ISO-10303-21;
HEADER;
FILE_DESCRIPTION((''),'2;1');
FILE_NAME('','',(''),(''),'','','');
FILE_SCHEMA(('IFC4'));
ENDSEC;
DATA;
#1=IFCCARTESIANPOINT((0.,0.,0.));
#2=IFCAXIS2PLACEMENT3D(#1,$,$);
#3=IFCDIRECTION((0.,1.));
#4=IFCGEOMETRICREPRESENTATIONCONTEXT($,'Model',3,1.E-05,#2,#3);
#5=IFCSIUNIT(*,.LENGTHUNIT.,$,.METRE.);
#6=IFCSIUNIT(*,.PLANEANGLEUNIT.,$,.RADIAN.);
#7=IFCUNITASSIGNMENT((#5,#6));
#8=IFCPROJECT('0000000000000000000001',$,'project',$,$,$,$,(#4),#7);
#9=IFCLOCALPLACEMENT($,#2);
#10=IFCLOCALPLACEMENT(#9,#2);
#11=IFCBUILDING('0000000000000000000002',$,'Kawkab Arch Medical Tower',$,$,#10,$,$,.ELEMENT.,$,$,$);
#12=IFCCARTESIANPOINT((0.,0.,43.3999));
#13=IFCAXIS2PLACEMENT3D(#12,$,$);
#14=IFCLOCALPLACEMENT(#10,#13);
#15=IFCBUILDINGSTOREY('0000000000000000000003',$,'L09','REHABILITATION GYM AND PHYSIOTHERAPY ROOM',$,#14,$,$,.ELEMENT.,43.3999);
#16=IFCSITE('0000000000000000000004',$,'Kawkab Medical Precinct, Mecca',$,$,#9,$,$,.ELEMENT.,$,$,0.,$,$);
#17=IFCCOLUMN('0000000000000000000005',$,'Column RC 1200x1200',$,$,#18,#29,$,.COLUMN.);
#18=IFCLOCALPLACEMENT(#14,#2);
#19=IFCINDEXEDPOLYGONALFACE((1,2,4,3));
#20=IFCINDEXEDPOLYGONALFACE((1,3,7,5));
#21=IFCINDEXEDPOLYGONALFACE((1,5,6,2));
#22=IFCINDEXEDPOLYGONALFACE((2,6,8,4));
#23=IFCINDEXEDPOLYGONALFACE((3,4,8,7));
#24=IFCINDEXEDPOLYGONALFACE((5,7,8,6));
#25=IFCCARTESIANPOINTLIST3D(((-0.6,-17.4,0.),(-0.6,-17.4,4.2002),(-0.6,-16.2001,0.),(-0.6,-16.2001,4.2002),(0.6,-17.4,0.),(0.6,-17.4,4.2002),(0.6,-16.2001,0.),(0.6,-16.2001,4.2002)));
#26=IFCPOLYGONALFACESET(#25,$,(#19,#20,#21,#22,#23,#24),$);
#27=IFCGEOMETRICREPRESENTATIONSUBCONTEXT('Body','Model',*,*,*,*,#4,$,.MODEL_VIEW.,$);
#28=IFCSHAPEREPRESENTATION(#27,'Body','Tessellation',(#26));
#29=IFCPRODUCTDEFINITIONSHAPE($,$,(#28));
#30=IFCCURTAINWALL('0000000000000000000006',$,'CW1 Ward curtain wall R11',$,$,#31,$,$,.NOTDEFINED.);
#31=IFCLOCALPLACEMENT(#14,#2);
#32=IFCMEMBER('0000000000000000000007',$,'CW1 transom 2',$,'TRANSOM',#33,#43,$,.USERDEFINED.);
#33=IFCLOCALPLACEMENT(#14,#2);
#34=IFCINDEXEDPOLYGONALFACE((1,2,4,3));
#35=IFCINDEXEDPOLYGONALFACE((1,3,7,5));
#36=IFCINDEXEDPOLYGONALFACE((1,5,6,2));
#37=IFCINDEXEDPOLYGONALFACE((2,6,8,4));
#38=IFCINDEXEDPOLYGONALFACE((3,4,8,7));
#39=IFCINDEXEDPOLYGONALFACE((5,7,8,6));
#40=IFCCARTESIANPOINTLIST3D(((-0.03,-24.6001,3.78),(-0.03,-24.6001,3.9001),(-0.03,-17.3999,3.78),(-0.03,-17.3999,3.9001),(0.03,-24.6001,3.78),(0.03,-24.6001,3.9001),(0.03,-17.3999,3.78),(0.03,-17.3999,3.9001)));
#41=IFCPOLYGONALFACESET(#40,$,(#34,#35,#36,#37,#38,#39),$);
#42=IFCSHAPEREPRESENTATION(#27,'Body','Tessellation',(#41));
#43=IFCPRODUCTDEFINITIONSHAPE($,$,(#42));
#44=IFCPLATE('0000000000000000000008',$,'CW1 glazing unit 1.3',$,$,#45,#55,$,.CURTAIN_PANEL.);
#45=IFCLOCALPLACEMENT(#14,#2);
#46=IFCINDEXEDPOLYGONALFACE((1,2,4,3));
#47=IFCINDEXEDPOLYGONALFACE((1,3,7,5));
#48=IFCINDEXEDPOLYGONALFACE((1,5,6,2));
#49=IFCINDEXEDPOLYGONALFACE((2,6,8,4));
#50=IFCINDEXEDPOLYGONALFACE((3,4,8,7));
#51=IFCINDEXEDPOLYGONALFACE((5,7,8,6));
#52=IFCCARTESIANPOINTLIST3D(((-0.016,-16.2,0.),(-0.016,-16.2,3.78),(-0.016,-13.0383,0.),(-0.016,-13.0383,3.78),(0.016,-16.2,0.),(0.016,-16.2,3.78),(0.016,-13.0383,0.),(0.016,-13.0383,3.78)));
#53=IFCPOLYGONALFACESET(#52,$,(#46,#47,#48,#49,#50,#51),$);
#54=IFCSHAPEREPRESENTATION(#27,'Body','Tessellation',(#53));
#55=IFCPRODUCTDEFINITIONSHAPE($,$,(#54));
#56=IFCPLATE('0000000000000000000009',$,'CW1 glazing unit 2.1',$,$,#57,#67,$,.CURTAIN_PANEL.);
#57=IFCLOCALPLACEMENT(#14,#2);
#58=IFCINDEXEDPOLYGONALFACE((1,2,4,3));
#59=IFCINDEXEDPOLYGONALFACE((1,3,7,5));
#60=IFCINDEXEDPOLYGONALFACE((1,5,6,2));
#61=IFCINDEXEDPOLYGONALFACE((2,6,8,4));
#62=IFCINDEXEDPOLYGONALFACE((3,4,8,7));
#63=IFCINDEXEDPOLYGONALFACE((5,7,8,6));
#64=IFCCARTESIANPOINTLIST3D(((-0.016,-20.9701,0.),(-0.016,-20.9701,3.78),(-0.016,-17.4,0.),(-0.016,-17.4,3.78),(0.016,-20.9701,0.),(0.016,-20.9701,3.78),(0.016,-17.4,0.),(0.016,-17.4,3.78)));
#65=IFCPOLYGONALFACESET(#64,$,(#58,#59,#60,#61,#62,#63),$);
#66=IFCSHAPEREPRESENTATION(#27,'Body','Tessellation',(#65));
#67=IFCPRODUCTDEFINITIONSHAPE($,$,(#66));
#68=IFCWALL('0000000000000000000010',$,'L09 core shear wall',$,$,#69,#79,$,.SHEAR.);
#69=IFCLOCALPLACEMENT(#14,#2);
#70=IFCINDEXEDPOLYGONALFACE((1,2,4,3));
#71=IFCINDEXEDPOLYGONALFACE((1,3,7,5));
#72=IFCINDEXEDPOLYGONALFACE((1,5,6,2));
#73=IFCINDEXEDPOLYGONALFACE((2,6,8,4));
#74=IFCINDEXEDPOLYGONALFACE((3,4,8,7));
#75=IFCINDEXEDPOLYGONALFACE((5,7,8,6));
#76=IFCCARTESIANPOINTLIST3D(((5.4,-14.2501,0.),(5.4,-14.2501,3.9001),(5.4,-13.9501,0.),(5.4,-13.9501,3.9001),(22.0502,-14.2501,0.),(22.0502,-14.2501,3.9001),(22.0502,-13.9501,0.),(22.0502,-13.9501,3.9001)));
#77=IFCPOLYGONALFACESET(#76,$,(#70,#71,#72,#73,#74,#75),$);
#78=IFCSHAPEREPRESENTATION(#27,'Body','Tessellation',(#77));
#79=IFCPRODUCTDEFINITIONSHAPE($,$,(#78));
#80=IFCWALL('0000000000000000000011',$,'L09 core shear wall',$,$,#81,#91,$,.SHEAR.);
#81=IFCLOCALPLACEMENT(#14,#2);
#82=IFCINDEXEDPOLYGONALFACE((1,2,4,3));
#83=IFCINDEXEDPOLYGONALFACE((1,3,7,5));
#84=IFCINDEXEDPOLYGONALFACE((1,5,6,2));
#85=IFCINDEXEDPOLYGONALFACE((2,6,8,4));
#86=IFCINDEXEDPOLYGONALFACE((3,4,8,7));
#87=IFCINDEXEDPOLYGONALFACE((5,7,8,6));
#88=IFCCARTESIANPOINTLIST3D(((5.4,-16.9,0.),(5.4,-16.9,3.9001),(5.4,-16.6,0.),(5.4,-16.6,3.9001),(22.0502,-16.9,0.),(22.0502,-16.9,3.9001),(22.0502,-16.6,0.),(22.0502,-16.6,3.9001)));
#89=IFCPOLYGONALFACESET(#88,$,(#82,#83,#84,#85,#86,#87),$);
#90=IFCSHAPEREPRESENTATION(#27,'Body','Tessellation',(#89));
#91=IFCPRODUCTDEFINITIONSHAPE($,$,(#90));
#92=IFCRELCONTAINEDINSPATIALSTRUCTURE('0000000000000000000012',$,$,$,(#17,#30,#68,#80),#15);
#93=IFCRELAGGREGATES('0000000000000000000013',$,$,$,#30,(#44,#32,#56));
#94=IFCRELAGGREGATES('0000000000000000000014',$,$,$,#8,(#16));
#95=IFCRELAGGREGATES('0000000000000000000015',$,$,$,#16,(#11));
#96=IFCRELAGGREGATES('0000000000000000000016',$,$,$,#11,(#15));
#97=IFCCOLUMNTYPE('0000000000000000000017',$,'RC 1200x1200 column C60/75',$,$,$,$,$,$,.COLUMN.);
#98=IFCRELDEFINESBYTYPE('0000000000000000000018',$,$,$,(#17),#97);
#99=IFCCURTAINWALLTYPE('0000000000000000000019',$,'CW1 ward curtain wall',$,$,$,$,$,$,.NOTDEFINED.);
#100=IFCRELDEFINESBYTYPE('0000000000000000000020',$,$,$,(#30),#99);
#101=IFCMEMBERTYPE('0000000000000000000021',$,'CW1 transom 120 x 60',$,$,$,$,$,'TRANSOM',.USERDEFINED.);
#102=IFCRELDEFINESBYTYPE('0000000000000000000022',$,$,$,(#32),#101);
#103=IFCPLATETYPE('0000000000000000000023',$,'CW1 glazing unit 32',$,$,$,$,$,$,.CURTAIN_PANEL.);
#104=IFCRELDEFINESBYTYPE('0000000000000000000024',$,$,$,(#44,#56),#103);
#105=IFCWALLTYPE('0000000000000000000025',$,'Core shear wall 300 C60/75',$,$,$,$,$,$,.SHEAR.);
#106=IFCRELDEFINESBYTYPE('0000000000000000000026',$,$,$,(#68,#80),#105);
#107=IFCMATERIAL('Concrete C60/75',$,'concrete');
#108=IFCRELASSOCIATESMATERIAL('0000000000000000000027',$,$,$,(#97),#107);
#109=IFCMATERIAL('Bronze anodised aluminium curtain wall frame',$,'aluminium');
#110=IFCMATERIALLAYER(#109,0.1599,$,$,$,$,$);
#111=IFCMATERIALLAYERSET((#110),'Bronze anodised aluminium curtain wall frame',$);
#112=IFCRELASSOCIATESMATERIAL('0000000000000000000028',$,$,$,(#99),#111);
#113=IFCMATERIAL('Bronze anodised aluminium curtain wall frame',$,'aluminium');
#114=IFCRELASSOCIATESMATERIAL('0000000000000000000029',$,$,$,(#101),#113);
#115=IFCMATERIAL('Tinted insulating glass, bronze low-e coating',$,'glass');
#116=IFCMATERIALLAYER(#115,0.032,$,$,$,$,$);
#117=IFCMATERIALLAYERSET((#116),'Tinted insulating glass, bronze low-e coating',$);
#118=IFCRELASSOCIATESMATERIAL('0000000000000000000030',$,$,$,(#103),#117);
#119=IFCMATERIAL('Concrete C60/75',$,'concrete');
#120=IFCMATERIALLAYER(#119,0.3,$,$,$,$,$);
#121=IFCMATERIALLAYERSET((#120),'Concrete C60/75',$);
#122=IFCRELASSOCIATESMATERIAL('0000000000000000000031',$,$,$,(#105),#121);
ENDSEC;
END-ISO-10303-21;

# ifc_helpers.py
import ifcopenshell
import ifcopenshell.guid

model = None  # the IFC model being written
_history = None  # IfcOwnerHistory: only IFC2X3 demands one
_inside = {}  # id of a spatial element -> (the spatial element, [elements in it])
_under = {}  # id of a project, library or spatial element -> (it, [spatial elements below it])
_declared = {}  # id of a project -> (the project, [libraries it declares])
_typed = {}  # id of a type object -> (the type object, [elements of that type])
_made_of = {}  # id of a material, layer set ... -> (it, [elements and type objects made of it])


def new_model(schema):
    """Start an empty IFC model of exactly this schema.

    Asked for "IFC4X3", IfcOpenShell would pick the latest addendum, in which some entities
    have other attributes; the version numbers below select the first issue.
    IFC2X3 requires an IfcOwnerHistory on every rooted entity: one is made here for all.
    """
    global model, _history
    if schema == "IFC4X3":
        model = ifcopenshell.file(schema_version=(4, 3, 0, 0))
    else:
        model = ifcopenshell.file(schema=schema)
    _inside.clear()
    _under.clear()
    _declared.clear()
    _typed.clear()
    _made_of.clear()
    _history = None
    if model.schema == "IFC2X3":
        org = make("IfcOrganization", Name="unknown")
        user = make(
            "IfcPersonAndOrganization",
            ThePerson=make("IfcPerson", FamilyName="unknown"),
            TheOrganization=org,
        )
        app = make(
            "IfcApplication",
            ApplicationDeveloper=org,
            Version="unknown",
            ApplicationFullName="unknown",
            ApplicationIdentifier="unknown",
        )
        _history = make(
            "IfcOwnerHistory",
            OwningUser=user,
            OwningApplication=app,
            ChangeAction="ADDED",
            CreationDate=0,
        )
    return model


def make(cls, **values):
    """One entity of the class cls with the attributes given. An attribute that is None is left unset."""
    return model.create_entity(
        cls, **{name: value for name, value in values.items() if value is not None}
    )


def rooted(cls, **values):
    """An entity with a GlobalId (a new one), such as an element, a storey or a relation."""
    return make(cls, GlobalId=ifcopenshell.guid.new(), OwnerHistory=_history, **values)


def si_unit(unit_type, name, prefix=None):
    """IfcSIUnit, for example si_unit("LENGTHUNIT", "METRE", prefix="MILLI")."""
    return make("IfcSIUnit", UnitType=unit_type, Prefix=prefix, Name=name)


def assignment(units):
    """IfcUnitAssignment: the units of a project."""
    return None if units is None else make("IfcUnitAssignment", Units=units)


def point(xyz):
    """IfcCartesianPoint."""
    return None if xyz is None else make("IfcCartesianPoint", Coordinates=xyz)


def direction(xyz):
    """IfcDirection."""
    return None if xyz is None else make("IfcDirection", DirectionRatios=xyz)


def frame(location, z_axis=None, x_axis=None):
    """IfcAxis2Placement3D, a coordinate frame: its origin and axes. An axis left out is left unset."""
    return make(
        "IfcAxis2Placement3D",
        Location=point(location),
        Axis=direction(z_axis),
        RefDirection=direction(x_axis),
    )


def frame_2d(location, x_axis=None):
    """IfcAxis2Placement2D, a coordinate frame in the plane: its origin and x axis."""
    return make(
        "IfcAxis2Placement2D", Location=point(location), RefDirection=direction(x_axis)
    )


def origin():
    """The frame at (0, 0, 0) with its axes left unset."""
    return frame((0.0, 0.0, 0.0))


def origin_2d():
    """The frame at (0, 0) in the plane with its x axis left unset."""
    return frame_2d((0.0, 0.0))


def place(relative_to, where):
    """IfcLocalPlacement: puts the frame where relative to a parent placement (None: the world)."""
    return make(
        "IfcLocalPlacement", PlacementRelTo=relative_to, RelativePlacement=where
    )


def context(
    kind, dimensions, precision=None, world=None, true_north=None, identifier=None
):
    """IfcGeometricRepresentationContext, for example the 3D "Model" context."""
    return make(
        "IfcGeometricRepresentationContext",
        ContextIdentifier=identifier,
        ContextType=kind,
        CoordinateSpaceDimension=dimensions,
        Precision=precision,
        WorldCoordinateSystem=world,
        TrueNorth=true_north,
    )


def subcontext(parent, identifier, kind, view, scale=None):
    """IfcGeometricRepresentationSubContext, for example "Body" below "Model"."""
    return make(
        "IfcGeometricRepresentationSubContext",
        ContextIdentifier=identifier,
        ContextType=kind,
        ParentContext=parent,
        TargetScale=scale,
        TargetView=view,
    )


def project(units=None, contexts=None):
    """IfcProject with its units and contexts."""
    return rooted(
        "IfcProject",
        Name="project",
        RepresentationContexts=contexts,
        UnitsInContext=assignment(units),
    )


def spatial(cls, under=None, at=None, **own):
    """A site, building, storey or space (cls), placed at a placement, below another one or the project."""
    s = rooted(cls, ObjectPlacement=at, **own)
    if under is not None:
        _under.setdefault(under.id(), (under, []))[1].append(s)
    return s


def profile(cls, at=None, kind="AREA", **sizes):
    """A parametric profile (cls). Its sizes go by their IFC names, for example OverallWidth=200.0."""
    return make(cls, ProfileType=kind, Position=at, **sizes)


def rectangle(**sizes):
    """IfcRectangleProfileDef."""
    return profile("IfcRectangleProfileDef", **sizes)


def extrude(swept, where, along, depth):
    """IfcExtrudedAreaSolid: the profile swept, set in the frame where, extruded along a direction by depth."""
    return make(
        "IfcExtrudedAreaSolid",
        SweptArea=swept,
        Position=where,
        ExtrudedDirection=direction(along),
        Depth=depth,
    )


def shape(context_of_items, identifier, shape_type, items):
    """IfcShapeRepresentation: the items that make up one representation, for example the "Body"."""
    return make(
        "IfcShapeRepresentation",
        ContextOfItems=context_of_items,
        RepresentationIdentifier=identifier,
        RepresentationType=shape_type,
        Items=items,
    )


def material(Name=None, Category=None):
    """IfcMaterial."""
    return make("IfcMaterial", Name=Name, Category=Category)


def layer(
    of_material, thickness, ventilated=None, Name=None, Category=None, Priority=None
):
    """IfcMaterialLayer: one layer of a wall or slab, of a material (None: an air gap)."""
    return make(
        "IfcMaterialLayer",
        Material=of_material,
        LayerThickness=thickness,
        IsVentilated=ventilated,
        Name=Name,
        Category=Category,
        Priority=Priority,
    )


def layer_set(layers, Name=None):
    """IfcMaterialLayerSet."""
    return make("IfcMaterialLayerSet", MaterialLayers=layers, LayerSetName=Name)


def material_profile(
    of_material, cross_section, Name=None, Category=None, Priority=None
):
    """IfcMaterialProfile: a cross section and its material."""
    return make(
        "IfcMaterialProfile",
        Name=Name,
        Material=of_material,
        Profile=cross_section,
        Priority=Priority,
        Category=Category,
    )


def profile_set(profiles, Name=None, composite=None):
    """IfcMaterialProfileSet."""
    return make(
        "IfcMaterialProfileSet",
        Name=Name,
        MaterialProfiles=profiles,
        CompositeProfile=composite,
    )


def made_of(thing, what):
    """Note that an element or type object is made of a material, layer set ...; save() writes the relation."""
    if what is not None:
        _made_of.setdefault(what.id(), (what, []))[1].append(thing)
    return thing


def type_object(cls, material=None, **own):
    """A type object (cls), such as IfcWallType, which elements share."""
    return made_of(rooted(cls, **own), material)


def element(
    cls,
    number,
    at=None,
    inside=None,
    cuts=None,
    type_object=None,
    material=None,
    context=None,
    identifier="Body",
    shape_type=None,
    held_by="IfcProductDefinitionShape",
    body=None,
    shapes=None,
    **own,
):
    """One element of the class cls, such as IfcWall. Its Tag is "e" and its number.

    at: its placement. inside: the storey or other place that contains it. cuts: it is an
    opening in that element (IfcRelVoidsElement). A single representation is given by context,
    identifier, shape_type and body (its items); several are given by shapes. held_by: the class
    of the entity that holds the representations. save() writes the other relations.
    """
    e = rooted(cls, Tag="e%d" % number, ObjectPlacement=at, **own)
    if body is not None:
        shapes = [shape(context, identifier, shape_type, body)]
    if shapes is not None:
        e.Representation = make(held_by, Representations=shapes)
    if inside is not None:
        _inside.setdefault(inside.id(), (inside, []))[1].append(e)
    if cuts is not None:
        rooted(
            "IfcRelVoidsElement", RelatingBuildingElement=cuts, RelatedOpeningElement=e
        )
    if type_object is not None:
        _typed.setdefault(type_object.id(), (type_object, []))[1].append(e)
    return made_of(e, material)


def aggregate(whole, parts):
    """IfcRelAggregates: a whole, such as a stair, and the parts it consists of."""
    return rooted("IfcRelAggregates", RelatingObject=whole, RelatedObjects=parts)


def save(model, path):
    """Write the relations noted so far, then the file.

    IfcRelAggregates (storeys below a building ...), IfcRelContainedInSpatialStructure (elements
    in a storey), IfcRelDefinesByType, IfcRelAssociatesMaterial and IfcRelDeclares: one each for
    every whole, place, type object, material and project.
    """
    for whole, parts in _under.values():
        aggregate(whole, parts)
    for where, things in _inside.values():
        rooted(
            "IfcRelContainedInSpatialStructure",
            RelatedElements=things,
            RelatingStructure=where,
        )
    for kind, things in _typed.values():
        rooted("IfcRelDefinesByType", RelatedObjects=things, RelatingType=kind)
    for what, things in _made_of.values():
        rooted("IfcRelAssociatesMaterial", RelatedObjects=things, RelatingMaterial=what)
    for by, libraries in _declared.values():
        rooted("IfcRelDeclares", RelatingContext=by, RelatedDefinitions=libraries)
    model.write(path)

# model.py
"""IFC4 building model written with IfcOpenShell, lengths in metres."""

from ifc_helpers import new_model, si_unit, direction, frame, frame_2d, origin, origin_2d, place, context, subcontext, project, spatial, rectangle, extrude, material, layer, layer_set, material_profile, profile_set, type_object, element, aggregate, save


model = new_model("IFC4")

# Units and contexts
model_context = context("Model", 3, precision=1e-05, world=origin(), true_north=direction((0.0, 1.0)))
body_context = subcontext(model_context, "Body", "Model", "MODEL_VIEW")
ifc_project = project(units=[si_unit("LENGTHUNIT", "METRE"), si_unit("PLANEANGLEUNIT", "RADIAN")], contexts=[model_context])

# Site, building, storey
site_placement = place(None, origin())
site = spatial("IfcSite", under=ifc_project, at=site_placement, Name="Kawkab Medical Precinct, Mecca", CompositionType="ELEMENT", RefElevation=0.0)
building_placement = place(site_placement, origin())
building = spatial("IfcBuilding", under=site, at=building_placement, Name="Kawkab Arch Medical Tower", CompositionType="ELEMENT")
storey_placement = place(building_placement, frame((0.0, 0.0, 43.3999)))
storey = spatial("IfcBuildingStorey", under=building, at=storey_placement, Name="L09", Description="REHABILITATION GYM AND PHYSIOTHERAPY ROOM", CompositionType="ELEMENT", Elevation=43.3999)

# Column
ifc_material_1 = material(Name="Concrete C60/75", Category="concrete")
ifc_material_profile_1 = material_profile(ifc_material_1, rectangle(XDim=1.2, YDim=1.2, at=origin_2d()), Name="RC 1200x1200")
ifc_profile_set_1 = profile_set([ifc_material_profile_1], Name="Concrete C60/75")
column_type = type_object("IfcColumnType", Name="RC 1200x1200 column C60/75", PredefinedType="COLUMN", material=ifc_profile_set_1)
column_placement = place(storey_placement, frame((0.0, -16.8, 0.0), z_axis=(0.0, 0.0, 1.0), x_axis=(1.0, 0.0, 0.0)))
element("IfcColumn", 1, at=column_placement, inside=storey, type_object=column_type, Name="Column RC 1200x1200", PredefinedType="COLUMN", context=body_context, shape_type="SweptSolid", body=[
    extrude(rectangle(XDim=1.2, YDim=1.2, at=origin_2d()), origin(), (0.0, 0.0, 1.0), 4.2002),
])

# Curtain wall, member, plates
ifc_material_2 = material(Name="Bronze anodised aluminium curtain wall frame", Category="aluminium")
ifc_layer_1 = layer(ifc_material_2, 0.1599)
ifc_layer_set_1 = layer_set([ifc_layer_1], Name="Bronze anodised aluminium curtain wall frame")
curtain_wall_type = type_object("IfcCurtainWallType", Name="CW1 ward curtain wall", PredefinedType="NOTDEFINED", material=ifc_layer_set_1)
placement = place(storey_placement, origin())
curtain_wall = element("IfcCurtainWall", 2, at=placement, inside=storey, type_object=curtain_wall_type, Name="CW1 Ward curtain wall R11", PredefinedType="NOTDEFINED")
ifc_material_3 = material(Name="Bronze anodised aluminium curtain wall frame", Category="aluminium")
ifc_material_profile_2 = material_profile(ifc_material_3, rectangle(XDim=0.0601, YDim=0.1201, at=origin_2d()), Name="AL 60x120")
ifc_profile_set_2 = profile_set([ifc_material_profile_2], Name="Bronze anodised aluminium curtain wall frame")
member_type = type_object("IfcMemberType", Name="CW1 transom 120 x 60", ElementType="TRANSOM", PredefinedType="USERDEFINED", material=ifc_profile_set_2)
member_placement = place(storey_placement, frame((0.0, -17.3999, 3.8401), z_axis=(0.0, -1.0, 0.0), x_axis=(1.0, 0.0, 0.0)))
member = element("IfcMember", 3, at=member_placement, type_object=member_type, Name="CW1 transom 2", ObjectType="TRANSOM", PredefinedType="USERDEFINED", context=body_context, shape_type="SweptSolid", body=[
    extrude(rectangle(XDim=0.0601, YDim=0.1201, at=origin_2d()), origin(), (0.0, 0.0, 1.0), 7.2002),
])
ifc_material_4 = material(Name="Tinted insulating glass, bronze low-e coating", Category="glass")
ifc_layer_2 = layer(ifc_material_4, 0.032)
ifc_layer_set_2 = layer_set([ifc_layer_2], Name="Tinted insulating glass, bronze low-e coating")
plate_type = type_object("IfcPlateType", Name="CW1 glazing unit 32", PredefinedType="CURTAIN_PANEL", material=ifc_layer_set_2)
plate_1_placement = place(storey_placement, frame((0.0, -14.6191, 0.0), z_axis=(0.0, 0.0, 1.0), x_axis=(0.0, -1.0, 0.0)))
plate_1 = element("IfcPlate", 4, at=plate_1_placement, type_object=plate_type, Name="CW1 glazing unit 1.3", PredefinedType="CURTAIN_PANEL", context=body_context, shape_type="SweptSolid", body=[
    extrude(rectangle(XDim=3.1616, YDim=0.032, at=origin_2d()), origin(), (0.0, 0.0, 1.0), 3.78),
])
plate_2_placement = place(storey_placement, frame((0.0, -19.1851, 0.0), z_axis=(0.0, 0.0, 1.0), x_axis=(0.0, -1.0, 0.0)))
plate_2 = element("IfcPlate", 5, at=plate_2_placement, type_object=plate_type, Name="CW1 glazing unit 2.1", PredefinedType="CURTAIN_PANEL", context=body_context, shape_type="SweptSolid", body=[
    extrude(rectangle(XDim=3.5701, YDim=0.032, at=origin_2d()), origin(), (0.0, 0.0, 1.0), 3.78),
])
aggregate(curtain_wall, [plate_1, member, plate_2])

# Walls
ifc_material_5 = material(Name="Concrete C60/75", Category="concrete")
ifc_layer_3 = layer(ifc_material_5, 0.3)
ifc_layer_set_3 = layer_set([ifc_layer_3], Name="Concrete C60/75")
wall_type_1 = type_object("IfcWallType", Name="Core shear wall 300 C60/75", PredefinedType="SHEAR", material=ifc_layer_set_3)
for number, where, z_axis, x_axis, name in (
    (6, (5.3999, -14.1001, 0.0), (0.0, 0.0, 1.0), (1.0, 0.0, 0.0), "L09 core shear wall"),
    (7, (5.3999, -16.75, 0.0), (0.0, 0.0, 1.0), (1.0, 0.0, 0.0), "L09 core shear wall"),
):
    element("IfcWall", number, at=place(storey_placement, frame(where, z_axis=z_axis, x_axis=x_axis)), inside=storey, type_object=wall_type_1, Name=name, PredefinedType="SHEAR", context=body_context, shape_type="SweptSolid", body=[
        extrude(rectangle(XDim=16.6501, YDim=0.3, at=frame_2d((8.3252, 0.0))), origin(), (0.0, 0.0, 1.0), 3.9001),
    ])

save(model, "model.ifc")
